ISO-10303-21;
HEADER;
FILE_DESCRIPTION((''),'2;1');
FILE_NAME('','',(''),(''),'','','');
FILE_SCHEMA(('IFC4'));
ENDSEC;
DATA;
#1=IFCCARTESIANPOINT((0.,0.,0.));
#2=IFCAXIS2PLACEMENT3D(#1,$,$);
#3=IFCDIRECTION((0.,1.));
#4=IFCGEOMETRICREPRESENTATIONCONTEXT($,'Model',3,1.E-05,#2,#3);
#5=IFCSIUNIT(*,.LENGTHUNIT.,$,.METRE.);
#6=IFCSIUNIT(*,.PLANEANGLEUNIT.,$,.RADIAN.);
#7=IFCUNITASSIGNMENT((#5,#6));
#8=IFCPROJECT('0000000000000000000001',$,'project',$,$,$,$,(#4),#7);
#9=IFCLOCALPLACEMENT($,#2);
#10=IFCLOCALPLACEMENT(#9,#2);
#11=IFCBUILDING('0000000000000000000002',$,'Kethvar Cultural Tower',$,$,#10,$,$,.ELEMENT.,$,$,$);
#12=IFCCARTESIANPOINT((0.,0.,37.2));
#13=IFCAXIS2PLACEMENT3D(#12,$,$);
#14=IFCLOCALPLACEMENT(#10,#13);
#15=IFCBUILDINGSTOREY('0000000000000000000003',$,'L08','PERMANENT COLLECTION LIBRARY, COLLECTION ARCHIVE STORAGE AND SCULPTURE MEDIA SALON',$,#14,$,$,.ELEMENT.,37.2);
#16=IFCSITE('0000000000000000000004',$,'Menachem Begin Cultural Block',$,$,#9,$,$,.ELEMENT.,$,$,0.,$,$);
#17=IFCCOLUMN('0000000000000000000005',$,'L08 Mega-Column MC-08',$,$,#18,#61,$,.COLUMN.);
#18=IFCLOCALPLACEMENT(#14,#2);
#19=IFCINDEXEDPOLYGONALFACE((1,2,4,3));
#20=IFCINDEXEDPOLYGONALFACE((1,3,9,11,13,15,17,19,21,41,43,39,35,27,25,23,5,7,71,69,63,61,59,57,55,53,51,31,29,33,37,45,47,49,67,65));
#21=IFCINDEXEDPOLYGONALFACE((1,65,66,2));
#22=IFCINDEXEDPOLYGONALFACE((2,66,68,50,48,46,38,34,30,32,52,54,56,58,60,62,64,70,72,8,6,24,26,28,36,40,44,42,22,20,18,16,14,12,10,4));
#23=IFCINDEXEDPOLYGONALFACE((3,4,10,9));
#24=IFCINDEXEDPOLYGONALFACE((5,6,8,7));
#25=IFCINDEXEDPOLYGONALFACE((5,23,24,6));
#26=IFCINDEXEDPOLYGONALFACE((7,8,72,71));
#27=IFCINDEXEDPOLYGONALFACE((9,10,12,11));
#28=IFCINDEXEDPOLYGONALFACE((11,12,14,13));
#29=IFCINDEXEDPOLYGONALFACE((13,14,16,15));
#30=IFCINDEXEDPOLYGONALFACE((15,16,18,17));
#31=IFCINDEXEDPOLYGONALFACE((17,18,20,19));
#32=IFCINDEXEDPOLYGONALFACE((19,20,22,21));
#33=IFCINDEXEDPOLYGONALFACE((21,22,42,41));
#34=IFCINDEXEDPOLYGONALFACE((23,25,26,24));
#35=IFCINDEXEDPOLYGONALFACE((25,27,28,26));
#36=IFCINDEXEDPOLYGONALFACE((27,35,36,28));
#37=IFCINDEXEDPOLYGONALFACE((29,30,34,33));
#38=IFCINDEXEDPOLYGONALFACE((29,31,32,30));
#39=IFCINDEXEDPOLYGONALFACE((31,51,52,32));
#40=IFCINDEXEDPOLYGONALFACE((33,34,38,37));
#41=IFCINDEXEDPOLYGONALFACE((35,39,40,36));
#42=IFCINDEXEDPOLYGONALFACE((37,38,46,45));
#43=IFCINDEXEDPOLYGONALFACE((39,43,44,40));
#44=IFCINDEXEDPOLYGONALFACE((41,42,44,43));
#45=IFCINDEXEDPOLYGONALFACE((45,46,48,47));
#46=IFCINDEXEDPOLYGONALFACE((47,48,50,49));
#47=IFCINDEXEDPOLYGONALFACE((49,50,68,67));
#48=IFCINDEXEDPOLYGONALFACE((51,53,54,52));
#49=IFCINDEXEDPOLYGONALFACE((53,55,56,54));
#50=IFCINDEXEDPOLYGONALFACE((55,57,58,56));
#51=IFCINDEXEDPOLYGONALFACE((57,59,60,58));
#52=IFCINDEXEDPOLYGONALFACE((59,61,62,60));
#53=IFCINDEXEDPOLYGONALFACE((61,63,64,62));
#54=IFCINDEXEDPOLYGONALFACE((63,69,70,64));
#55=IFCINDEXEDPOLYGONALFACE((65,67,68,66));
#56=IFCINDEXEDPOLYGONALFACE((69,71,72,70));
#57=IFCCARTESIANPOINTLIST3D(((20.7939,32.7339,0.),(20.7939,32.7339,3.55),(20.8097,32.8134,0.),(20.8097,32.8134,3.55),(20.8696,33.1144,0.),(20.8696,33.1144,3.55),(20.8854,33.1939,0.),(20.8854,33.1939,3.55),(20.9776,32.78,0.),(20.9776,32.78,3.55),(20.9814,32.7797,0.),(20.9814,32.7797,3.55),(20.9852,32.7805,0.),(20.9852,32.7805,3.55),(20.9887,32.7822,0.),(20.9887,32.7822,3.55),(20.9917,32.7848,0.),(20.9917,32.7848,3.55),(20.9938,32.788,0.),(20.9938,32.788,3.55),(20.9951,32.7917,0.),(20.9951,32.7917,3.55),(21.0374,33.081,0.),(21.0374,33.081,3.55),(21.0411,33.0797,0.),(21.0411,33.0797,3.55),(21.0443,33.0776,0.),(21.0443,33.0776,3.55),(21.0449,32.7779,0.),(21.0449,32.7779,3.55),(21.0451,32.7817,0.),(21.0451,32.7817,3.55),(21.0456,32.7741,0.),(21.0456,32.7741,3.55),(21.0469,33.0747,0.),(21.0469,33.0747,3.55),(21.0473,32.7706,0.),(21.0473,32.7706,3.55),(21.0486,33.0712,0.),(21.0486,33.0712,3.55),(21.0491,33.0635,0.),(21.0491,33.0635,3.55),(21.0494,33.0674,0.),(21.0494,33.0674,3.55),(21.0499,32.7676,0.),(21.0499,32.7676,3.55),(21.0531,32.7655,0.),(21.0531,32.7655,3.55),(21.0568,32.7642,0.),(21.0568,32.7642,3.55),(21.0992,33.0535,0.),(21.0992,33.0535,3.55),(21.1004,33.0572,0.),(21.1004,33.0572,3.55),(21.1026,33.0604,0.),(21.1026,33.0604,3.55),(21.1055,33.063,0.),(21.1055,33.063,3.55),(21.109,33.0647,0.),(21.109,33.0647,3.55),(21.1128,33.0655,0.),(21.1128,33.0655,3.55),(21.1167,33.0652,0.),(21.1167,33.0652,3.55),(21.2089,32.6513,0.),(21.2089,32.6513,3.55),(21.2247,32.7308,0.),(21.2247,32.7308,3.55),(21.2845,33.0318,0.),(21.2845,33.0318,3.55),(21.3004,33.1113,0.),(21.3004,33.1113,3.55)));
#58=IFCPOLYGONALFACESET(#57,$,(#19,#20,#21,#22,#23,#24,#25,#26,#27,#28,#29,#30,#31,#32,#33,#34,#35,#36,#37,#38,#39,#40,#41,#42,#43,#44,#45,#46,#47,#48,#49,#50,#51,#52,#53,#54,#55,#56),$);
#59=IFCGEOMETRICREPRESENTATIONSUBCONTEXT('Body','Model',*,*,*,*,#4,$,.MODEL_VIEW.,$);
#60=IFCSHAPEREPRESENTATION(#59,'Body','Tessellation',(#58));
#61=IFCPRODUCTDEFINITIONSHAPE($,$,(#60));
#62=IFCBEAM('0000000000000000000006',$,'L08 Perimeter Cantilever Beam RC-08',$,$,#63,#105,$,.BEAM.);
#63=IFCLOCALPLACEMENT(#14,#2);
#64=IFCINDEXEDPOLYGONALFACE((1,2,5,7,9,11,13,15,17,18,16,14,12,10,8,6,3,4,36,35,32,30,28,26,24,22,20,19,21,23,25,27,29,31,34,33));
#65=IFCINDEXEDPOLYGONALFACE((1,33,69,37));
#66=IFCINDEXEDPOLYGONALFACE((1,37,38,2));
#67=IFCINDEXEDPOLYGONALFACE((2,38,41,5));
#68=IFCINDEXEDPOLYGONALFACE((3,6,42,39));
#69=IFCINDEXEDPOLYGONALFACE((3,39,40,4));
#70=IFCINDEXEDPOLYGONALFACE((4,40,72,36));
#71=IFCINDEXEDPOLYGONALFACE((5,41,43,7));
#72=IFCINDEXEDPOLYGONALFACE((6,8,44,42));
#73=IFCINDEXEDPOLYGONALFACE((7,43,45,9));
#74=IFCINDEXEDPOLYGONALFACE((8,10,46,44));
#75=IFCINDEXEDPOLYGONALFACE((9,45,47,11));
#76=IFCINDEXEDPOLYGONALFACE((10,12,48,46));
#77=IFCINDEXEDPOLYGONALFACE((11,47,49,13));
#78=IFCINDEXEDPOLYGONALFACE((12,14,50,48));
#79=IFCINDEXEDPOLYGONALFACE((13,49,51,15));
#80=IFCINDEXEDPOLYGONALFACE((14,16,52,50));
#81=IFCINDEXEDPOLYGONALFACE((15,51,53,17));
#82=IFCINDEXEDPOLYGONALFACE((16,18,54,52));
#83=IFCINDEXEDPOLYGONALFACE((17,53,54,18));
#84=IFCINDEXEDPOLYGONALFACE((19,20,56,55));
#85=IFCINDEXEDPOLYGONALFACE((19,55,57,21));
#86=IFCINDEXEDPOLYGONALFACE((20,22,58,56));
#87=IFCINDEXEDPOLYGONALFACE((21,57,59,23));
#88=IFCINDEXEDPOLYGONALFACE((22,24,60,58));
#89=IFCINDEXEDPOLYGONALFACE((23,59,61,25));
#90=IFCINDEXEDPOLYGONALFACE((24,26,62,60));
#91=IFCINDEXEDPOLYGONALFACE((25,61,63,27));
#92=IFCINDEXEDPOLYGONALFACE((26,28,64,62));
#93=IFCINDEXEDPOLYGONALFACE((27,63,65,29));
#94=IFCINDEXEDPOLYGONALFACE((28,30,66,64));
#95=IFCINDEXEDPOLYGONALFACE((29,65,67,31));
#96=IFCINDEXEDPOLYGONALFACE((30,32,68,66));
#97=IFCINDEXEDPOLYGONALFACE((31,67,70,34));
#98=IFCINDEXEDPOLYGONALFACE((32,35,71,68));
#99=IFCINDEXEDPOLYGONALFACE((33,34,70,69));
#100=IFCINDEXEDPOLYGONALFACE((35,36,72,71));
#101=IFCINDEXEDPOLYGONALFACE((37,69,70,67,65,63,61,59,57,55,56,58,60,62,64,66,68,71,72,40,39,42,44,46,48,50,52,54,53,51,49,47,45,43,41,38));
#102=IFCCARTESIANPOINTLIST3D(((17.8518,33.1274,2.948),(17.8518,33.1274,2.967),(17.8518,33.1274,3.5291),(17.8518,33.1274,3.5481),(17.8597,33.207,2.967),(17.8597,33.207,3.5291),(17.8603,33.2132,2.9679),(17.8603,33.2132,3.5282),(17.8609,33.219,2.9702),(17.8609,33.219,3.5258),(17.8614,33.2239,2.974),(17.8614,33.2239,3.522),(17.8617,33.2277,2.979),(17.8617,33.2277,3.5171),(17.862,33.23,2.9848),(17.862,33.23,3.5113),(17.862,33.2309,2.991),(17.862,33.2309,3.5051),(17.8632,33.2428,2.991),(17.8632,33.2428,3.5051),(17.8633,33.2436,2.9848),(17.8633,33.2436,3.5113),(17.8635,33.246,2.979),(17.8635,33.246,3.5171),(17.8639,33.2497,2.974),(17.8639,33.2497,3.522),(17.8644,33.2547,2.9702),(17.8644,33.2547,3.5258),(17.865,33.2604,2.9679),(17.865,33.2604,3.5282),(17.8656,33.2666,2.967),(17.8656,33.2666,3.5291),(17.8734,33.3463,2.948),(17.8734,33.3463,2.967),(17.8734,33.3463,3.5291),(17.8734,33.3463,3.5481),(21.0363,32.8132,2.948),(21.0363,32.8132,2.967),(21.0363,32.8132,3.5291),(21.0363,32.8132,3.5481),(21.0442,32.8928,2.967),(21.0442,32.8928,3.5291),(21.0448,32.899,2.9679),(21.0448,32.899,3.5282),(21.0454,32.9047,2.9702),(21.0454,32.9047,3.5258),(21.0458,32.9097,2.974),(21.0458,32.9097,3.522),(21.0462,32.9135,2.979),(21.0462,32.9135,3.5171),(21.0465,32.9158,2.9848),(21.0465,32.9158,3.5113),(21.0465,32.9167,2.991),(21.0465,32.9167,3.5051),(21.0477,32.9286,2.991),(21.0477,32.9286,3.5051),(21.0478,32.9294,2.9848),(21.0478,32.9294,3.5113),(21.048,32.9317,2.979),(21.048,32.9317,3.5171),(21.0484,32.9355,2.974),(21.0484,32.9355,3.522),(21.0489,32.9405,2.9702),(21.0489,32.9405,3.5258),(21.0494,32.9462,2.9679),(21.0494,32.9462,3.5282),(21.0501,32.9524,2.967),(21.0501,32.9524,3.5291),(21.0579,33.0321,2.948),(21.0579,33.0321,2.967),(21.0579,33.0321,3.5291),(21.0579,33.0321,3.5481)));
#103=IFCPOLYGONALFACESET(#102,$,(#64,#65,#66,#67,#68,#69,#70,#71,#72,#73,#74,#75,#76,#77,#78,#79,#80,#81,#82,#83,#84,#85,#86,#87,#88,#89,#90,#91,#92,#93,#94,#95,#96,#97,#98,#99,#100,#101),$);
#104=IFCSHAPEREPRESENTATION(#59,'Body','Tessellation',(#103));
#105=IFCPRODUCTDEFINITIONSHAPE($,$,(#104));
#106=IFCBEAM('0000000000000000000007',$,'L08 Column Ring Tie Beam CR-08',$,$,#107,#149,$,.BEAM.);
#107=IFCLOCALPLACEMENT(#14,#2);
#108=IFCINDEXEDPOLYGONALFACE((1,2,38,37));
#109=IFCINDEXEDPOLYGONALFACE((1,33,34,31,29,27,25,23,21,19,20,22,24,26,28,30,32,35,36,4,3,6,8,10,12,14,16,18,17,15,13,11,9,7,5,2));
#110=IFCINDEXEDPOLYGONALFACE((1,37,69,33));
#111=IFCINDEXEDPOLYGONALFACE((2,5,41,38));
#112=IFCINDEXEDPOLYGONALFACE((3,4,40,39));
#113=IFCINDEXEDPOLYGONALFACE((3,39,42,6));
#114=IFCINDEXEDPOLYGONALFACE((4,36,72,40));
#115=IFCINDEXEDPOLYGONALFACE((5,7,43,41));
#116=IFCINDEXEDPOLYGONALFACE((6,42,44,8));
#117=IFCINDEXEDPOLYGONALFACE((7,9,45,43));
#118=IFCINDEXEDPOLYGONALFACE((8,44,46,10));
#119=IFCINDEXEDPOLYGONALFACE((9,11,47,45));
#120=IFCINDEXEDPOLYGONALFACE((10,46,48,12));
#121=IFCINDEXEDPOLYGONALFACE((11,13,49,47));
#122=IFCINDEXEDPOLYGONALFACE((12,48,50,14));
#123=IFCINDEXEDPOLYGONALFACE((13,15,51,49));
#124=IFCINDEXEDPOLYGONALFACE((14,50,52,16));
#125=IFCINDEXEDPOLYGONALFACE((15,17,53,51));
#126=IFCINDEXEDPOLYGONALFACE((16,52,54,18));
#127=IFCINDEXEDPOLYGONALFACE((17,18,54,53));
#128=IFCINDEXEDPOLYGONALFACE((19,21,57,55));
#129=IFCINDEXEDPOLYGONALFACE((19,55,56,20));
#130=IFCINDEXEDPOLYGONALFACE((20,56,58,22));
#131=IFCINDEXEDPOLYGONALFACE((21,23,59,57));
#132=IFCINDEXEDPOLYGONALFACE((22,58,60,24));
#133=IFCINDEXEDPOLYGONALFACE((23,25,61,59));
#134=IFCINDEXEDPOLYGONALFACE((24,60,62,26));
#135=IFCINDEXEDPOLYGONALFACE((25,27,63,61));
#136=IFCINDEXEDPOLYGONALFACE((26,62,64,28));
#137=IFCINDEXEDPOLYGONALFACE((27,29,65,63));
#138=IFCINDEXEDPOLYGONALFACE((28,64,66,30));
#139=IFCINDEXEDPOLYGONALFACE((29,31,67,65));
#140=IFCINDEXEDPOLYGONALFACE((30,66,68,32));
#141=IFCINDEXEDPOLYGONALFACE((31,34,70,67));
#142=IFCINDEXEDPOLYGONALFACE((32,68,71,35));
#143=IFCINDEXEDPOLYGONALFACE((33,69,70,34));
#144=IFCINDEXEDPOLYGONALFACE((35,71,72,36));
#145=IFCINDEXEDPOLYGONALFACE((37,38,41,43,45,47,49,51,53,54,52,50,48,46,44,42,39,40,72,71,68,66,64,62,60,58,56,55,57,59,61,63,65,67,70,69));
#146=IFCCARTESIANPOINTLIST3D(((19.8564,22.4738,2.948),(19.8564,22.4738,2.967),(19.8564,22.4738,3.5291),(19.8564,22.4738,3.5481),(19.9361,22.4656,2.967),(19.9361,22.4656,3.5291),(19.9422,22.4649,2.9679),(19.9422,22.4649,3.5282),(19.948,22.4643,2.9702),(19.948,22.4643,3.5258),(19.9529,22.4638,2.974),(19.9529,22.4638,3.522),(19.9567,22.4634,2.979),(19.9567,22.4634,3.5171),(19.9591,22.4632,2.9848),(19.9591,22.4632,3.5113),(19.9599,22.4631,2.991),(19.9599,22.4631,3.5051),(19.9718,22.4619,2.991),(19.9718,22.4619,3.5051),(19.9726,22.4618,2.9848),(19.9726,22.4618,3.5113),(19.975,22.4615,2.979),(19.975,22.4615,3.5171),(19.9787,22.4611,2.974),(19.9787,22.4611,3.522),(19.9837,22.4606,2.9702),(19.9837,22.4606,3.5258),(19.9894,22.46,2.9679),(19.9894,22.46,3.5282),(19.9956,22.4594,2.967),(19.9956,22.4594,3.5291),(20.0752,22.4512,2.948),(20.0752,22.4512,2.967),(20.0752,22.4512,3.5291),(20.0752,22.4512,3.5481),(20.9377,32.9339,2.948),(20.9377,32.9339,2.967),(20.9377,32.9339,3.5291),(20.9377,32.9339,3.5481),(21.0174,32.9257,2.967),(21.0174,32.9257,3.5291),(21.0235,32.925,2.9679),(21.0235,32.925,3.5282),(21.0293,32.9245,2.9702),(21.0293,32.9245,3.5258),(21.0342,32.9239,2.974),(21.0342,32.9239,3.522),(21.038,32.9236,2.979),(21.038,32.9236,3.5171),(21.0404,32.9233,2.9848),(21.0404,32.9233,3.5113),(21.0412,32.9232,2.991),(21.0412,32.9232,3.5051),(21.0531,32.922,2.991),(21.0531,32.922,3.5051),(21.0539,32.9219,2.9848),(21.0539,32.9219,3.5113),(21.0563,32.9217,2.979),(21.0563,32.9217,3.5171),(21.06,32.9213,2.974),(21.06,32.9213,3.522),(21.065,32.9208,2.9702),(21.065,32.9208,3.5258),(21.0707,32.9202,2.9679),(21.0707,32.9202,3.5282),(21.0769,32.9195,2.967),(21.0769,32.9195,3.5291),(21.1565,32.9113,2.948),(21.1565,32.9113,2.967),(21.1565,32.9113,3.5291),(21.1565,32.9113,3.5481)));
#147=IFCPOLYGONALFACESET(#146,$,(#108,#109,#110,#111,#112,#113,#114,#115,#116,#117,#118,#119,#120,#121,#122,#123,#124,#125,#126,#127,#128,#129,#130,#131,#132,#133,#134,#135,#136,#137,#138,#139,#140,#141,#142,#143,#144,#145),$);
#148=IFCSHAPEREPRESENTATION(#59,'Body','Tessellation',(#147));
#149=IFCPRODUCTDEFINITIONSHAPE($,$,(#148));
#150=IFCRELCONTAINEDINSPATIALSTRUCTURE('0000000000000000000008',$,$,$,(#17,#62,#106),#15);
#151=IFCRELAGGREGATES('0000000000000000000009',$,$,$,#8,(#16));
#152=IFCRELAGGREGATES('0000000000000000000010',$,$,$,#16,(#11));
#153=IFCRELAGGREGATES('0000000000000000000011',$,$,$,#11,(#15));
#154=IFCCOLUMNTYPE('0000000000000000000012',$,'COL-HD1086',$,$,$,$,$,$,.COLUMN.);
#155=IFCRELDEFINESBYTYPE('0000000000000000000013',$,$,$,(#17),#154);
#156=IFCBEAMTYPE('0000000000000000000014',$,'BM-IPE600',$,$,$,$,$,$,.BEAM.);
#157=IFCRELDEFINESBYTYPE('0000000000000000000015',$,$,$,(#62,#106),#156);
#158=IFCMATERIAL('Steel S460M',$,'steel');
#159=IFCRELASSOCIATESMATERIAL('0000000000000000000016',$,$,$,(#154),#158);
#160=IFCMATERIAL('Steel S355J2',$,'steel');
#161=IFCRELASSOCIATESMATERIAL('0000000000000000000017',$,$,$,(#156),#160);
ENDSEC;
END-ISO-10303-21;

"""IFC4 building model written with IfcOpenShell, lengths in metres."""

from ifc_helpers import new_model, si_unit, direction, frame, origin, origin_2d, place, context, subcontext, project, spatial, i_section, extrude, source, transform, mapped, material, material_profile, profile_set, type_object, element, save


model = new_model("IFC4")

# Units and contexts
model_context = context("Model", 3, precision=1e-05, world=origin(), true_north=direction((0.0, 1.0)))
body_context = subcontext(model_context, "Body", "Model", "MODEL_VIEW")
ifc_project = project(units=[si_unit("LENGTHUNIT", "METRE"), si_unit("PLANEANGLEUNIT", "RADIAN")], contexts=[model_context])

# Site, building, storey
site_placement = place(None, origin())
site = spatial("IfcSite", under=ifc_project, at=site_placement, Name="Menachem Begin Cultural Block", CompositionType="ELEMENT", RefElevation=0.0)
building_placement = place(site_placement, origin())
building = spatial("IfcBuilding", under=site, at=building_placement, Name="Kethvar Cultural Tower", CompositionType="ELEMENT")
storey_placement = place(building_placement, frame((0.0, 0.0, 37.2)))
storey = spatial("IfcBuildingStorey", under=building, at=storey_placement, Name="L08", Description="PERMANENT COLLECTION LIBRARY, COLLECTION ARCHIVE STORAGE AND SCULPTURE MEDIA SALON", CompositionType="ELEMENT", Elevation=37.2)

# Column
ifc_material_1 = material(Name="Steel S460M", Category="steel")
ifc_material_profile_1 = material_profile(ifc_material_1, i_section(OverallWidth=0.4231, OverallDepth=0.469, WebThickness=0.051, FlangeThickness=0.0811, FilletRadius=0.0149, at=origin_2d()), Name="Steel S460M — HD400x1086")
ifc_profile_set_1 = profile_set([ifc_material_profile_1], Name="Steel S460M — HD400x1086")
column_type = type_object("IfcColumnType", Name="COL-HD1086", PredefinedType="COLUMN", material=ifc_profile_set_1)
shared_shape_1 = source(origin(), body_context, "Body", "SweptSolid", [
    extrude(i_section(OverallWidth=0.4231, OverallDepth=0.469, WebThickness=0.051, FlangeThickness=0.0811, FilletRadius=0.0149, at=origin_2d()), origin(), (0.0, 0.0, 1.0), 3.55),
])
column_placement = place(storey_placement, frame((21.0471, 32.9226, 0.0), z_axis=(0.0, 0.0, 1.0), x_axis=(-0.980785, 0.19509, 0.0)))
element("IfcColumn", 1, at=column_placement, inside=storey, type_object=column_type, Name="L08 Mega-Column MC-08", PredefinedType="COLUMN", context=body_context, shape_type="MappedRepresentation", body=[
    mapped(shared_shape_1, transform((0.0, 0.0, 0.0), scale=1.0)),
])

# Beams
ifc_material_2 = material(Name="Steel S355J2", Category="steel")
ifc_material_profile_2 = material_profile(ifc_material_2, i_section(OverallWidth=0.22, OverallDepth=0.6001, WebThickness=0.012, FlangeThickness=0.019, FilletRadius=0.0239, at=origin_2d()), Name="Steel S355J2 — IPE600")
ifc_profile_set_2 = profile_set([ifc_material_profile_2], Name="Steel S355J2 — IPE600")
beam_type_1 = type_object("IfcBeamType", Name="BM-IPE600", PredefinedType="BEAM", material=ifc_profile_set_2)
shared_shape_2 = source(origin(), body_context, "Body", "SweptSolid", [
    extrude(i_section(OverallWidth=0.22, OverallDepth=0.6001, WebThickness=0.012, FlangeThickness=0.019, FilletRadius=0.0239, at=origin_2d()), origin(), (0.0, 0.0, 1.0), 3.2),
])
beam_1_placement = place(storey_placement, frame((21.0471, 32.9226, 3.248), z_axis=(-0.995168, 0.098189, 0.0), x_axis=(-0.098189, -0.995168, 0.0)))
element("IfcBeam", 2, at=beam_1_placement, inside=storey, type_object=beam_type_1, Name="L08 Perimeter Cantilever Beam RC-08", PredefinedType="BEAM", context=body_context, shape_type="MappedRepresentation", body=[
    mapped(shared_shape_2, transform((0.0, 0.0, 0.0), scale=1.0)),
])
shared_shape_3 = source(origin(), body_context, "Body", "SweptSolid", [
    extrude(i_section(OverallWidth=0.22, OverallDepth=0.6001, WebThickness=0.012, FlangeThickness=0.019, FilletRadius=0.0239, at=origin_2d()), origin(), (0.0, 0.0, 1.0), 10.5159),
])
beam_2_placement = place(storey_placement, frame((21.0471, 32.9226, 3.248), z_axis=(-0.102825, -0.994699, 0.0), x_axis=(0.994699, -0.102825, 0.0)))
element("IfcBeam", 3, at=beam_2_placement, inside=storey, type_object=beam_type_1, Name="L08 Column Ring Tie Beam CR-08", PredefinedType="BEAM", context=body_context, shape_type="MappedRepresentation", body=[
    mapped(shared_shape_3, transform((0.0, 0.0, 0.0), scale=1.0)),
])

save(model, "model.ifc")
